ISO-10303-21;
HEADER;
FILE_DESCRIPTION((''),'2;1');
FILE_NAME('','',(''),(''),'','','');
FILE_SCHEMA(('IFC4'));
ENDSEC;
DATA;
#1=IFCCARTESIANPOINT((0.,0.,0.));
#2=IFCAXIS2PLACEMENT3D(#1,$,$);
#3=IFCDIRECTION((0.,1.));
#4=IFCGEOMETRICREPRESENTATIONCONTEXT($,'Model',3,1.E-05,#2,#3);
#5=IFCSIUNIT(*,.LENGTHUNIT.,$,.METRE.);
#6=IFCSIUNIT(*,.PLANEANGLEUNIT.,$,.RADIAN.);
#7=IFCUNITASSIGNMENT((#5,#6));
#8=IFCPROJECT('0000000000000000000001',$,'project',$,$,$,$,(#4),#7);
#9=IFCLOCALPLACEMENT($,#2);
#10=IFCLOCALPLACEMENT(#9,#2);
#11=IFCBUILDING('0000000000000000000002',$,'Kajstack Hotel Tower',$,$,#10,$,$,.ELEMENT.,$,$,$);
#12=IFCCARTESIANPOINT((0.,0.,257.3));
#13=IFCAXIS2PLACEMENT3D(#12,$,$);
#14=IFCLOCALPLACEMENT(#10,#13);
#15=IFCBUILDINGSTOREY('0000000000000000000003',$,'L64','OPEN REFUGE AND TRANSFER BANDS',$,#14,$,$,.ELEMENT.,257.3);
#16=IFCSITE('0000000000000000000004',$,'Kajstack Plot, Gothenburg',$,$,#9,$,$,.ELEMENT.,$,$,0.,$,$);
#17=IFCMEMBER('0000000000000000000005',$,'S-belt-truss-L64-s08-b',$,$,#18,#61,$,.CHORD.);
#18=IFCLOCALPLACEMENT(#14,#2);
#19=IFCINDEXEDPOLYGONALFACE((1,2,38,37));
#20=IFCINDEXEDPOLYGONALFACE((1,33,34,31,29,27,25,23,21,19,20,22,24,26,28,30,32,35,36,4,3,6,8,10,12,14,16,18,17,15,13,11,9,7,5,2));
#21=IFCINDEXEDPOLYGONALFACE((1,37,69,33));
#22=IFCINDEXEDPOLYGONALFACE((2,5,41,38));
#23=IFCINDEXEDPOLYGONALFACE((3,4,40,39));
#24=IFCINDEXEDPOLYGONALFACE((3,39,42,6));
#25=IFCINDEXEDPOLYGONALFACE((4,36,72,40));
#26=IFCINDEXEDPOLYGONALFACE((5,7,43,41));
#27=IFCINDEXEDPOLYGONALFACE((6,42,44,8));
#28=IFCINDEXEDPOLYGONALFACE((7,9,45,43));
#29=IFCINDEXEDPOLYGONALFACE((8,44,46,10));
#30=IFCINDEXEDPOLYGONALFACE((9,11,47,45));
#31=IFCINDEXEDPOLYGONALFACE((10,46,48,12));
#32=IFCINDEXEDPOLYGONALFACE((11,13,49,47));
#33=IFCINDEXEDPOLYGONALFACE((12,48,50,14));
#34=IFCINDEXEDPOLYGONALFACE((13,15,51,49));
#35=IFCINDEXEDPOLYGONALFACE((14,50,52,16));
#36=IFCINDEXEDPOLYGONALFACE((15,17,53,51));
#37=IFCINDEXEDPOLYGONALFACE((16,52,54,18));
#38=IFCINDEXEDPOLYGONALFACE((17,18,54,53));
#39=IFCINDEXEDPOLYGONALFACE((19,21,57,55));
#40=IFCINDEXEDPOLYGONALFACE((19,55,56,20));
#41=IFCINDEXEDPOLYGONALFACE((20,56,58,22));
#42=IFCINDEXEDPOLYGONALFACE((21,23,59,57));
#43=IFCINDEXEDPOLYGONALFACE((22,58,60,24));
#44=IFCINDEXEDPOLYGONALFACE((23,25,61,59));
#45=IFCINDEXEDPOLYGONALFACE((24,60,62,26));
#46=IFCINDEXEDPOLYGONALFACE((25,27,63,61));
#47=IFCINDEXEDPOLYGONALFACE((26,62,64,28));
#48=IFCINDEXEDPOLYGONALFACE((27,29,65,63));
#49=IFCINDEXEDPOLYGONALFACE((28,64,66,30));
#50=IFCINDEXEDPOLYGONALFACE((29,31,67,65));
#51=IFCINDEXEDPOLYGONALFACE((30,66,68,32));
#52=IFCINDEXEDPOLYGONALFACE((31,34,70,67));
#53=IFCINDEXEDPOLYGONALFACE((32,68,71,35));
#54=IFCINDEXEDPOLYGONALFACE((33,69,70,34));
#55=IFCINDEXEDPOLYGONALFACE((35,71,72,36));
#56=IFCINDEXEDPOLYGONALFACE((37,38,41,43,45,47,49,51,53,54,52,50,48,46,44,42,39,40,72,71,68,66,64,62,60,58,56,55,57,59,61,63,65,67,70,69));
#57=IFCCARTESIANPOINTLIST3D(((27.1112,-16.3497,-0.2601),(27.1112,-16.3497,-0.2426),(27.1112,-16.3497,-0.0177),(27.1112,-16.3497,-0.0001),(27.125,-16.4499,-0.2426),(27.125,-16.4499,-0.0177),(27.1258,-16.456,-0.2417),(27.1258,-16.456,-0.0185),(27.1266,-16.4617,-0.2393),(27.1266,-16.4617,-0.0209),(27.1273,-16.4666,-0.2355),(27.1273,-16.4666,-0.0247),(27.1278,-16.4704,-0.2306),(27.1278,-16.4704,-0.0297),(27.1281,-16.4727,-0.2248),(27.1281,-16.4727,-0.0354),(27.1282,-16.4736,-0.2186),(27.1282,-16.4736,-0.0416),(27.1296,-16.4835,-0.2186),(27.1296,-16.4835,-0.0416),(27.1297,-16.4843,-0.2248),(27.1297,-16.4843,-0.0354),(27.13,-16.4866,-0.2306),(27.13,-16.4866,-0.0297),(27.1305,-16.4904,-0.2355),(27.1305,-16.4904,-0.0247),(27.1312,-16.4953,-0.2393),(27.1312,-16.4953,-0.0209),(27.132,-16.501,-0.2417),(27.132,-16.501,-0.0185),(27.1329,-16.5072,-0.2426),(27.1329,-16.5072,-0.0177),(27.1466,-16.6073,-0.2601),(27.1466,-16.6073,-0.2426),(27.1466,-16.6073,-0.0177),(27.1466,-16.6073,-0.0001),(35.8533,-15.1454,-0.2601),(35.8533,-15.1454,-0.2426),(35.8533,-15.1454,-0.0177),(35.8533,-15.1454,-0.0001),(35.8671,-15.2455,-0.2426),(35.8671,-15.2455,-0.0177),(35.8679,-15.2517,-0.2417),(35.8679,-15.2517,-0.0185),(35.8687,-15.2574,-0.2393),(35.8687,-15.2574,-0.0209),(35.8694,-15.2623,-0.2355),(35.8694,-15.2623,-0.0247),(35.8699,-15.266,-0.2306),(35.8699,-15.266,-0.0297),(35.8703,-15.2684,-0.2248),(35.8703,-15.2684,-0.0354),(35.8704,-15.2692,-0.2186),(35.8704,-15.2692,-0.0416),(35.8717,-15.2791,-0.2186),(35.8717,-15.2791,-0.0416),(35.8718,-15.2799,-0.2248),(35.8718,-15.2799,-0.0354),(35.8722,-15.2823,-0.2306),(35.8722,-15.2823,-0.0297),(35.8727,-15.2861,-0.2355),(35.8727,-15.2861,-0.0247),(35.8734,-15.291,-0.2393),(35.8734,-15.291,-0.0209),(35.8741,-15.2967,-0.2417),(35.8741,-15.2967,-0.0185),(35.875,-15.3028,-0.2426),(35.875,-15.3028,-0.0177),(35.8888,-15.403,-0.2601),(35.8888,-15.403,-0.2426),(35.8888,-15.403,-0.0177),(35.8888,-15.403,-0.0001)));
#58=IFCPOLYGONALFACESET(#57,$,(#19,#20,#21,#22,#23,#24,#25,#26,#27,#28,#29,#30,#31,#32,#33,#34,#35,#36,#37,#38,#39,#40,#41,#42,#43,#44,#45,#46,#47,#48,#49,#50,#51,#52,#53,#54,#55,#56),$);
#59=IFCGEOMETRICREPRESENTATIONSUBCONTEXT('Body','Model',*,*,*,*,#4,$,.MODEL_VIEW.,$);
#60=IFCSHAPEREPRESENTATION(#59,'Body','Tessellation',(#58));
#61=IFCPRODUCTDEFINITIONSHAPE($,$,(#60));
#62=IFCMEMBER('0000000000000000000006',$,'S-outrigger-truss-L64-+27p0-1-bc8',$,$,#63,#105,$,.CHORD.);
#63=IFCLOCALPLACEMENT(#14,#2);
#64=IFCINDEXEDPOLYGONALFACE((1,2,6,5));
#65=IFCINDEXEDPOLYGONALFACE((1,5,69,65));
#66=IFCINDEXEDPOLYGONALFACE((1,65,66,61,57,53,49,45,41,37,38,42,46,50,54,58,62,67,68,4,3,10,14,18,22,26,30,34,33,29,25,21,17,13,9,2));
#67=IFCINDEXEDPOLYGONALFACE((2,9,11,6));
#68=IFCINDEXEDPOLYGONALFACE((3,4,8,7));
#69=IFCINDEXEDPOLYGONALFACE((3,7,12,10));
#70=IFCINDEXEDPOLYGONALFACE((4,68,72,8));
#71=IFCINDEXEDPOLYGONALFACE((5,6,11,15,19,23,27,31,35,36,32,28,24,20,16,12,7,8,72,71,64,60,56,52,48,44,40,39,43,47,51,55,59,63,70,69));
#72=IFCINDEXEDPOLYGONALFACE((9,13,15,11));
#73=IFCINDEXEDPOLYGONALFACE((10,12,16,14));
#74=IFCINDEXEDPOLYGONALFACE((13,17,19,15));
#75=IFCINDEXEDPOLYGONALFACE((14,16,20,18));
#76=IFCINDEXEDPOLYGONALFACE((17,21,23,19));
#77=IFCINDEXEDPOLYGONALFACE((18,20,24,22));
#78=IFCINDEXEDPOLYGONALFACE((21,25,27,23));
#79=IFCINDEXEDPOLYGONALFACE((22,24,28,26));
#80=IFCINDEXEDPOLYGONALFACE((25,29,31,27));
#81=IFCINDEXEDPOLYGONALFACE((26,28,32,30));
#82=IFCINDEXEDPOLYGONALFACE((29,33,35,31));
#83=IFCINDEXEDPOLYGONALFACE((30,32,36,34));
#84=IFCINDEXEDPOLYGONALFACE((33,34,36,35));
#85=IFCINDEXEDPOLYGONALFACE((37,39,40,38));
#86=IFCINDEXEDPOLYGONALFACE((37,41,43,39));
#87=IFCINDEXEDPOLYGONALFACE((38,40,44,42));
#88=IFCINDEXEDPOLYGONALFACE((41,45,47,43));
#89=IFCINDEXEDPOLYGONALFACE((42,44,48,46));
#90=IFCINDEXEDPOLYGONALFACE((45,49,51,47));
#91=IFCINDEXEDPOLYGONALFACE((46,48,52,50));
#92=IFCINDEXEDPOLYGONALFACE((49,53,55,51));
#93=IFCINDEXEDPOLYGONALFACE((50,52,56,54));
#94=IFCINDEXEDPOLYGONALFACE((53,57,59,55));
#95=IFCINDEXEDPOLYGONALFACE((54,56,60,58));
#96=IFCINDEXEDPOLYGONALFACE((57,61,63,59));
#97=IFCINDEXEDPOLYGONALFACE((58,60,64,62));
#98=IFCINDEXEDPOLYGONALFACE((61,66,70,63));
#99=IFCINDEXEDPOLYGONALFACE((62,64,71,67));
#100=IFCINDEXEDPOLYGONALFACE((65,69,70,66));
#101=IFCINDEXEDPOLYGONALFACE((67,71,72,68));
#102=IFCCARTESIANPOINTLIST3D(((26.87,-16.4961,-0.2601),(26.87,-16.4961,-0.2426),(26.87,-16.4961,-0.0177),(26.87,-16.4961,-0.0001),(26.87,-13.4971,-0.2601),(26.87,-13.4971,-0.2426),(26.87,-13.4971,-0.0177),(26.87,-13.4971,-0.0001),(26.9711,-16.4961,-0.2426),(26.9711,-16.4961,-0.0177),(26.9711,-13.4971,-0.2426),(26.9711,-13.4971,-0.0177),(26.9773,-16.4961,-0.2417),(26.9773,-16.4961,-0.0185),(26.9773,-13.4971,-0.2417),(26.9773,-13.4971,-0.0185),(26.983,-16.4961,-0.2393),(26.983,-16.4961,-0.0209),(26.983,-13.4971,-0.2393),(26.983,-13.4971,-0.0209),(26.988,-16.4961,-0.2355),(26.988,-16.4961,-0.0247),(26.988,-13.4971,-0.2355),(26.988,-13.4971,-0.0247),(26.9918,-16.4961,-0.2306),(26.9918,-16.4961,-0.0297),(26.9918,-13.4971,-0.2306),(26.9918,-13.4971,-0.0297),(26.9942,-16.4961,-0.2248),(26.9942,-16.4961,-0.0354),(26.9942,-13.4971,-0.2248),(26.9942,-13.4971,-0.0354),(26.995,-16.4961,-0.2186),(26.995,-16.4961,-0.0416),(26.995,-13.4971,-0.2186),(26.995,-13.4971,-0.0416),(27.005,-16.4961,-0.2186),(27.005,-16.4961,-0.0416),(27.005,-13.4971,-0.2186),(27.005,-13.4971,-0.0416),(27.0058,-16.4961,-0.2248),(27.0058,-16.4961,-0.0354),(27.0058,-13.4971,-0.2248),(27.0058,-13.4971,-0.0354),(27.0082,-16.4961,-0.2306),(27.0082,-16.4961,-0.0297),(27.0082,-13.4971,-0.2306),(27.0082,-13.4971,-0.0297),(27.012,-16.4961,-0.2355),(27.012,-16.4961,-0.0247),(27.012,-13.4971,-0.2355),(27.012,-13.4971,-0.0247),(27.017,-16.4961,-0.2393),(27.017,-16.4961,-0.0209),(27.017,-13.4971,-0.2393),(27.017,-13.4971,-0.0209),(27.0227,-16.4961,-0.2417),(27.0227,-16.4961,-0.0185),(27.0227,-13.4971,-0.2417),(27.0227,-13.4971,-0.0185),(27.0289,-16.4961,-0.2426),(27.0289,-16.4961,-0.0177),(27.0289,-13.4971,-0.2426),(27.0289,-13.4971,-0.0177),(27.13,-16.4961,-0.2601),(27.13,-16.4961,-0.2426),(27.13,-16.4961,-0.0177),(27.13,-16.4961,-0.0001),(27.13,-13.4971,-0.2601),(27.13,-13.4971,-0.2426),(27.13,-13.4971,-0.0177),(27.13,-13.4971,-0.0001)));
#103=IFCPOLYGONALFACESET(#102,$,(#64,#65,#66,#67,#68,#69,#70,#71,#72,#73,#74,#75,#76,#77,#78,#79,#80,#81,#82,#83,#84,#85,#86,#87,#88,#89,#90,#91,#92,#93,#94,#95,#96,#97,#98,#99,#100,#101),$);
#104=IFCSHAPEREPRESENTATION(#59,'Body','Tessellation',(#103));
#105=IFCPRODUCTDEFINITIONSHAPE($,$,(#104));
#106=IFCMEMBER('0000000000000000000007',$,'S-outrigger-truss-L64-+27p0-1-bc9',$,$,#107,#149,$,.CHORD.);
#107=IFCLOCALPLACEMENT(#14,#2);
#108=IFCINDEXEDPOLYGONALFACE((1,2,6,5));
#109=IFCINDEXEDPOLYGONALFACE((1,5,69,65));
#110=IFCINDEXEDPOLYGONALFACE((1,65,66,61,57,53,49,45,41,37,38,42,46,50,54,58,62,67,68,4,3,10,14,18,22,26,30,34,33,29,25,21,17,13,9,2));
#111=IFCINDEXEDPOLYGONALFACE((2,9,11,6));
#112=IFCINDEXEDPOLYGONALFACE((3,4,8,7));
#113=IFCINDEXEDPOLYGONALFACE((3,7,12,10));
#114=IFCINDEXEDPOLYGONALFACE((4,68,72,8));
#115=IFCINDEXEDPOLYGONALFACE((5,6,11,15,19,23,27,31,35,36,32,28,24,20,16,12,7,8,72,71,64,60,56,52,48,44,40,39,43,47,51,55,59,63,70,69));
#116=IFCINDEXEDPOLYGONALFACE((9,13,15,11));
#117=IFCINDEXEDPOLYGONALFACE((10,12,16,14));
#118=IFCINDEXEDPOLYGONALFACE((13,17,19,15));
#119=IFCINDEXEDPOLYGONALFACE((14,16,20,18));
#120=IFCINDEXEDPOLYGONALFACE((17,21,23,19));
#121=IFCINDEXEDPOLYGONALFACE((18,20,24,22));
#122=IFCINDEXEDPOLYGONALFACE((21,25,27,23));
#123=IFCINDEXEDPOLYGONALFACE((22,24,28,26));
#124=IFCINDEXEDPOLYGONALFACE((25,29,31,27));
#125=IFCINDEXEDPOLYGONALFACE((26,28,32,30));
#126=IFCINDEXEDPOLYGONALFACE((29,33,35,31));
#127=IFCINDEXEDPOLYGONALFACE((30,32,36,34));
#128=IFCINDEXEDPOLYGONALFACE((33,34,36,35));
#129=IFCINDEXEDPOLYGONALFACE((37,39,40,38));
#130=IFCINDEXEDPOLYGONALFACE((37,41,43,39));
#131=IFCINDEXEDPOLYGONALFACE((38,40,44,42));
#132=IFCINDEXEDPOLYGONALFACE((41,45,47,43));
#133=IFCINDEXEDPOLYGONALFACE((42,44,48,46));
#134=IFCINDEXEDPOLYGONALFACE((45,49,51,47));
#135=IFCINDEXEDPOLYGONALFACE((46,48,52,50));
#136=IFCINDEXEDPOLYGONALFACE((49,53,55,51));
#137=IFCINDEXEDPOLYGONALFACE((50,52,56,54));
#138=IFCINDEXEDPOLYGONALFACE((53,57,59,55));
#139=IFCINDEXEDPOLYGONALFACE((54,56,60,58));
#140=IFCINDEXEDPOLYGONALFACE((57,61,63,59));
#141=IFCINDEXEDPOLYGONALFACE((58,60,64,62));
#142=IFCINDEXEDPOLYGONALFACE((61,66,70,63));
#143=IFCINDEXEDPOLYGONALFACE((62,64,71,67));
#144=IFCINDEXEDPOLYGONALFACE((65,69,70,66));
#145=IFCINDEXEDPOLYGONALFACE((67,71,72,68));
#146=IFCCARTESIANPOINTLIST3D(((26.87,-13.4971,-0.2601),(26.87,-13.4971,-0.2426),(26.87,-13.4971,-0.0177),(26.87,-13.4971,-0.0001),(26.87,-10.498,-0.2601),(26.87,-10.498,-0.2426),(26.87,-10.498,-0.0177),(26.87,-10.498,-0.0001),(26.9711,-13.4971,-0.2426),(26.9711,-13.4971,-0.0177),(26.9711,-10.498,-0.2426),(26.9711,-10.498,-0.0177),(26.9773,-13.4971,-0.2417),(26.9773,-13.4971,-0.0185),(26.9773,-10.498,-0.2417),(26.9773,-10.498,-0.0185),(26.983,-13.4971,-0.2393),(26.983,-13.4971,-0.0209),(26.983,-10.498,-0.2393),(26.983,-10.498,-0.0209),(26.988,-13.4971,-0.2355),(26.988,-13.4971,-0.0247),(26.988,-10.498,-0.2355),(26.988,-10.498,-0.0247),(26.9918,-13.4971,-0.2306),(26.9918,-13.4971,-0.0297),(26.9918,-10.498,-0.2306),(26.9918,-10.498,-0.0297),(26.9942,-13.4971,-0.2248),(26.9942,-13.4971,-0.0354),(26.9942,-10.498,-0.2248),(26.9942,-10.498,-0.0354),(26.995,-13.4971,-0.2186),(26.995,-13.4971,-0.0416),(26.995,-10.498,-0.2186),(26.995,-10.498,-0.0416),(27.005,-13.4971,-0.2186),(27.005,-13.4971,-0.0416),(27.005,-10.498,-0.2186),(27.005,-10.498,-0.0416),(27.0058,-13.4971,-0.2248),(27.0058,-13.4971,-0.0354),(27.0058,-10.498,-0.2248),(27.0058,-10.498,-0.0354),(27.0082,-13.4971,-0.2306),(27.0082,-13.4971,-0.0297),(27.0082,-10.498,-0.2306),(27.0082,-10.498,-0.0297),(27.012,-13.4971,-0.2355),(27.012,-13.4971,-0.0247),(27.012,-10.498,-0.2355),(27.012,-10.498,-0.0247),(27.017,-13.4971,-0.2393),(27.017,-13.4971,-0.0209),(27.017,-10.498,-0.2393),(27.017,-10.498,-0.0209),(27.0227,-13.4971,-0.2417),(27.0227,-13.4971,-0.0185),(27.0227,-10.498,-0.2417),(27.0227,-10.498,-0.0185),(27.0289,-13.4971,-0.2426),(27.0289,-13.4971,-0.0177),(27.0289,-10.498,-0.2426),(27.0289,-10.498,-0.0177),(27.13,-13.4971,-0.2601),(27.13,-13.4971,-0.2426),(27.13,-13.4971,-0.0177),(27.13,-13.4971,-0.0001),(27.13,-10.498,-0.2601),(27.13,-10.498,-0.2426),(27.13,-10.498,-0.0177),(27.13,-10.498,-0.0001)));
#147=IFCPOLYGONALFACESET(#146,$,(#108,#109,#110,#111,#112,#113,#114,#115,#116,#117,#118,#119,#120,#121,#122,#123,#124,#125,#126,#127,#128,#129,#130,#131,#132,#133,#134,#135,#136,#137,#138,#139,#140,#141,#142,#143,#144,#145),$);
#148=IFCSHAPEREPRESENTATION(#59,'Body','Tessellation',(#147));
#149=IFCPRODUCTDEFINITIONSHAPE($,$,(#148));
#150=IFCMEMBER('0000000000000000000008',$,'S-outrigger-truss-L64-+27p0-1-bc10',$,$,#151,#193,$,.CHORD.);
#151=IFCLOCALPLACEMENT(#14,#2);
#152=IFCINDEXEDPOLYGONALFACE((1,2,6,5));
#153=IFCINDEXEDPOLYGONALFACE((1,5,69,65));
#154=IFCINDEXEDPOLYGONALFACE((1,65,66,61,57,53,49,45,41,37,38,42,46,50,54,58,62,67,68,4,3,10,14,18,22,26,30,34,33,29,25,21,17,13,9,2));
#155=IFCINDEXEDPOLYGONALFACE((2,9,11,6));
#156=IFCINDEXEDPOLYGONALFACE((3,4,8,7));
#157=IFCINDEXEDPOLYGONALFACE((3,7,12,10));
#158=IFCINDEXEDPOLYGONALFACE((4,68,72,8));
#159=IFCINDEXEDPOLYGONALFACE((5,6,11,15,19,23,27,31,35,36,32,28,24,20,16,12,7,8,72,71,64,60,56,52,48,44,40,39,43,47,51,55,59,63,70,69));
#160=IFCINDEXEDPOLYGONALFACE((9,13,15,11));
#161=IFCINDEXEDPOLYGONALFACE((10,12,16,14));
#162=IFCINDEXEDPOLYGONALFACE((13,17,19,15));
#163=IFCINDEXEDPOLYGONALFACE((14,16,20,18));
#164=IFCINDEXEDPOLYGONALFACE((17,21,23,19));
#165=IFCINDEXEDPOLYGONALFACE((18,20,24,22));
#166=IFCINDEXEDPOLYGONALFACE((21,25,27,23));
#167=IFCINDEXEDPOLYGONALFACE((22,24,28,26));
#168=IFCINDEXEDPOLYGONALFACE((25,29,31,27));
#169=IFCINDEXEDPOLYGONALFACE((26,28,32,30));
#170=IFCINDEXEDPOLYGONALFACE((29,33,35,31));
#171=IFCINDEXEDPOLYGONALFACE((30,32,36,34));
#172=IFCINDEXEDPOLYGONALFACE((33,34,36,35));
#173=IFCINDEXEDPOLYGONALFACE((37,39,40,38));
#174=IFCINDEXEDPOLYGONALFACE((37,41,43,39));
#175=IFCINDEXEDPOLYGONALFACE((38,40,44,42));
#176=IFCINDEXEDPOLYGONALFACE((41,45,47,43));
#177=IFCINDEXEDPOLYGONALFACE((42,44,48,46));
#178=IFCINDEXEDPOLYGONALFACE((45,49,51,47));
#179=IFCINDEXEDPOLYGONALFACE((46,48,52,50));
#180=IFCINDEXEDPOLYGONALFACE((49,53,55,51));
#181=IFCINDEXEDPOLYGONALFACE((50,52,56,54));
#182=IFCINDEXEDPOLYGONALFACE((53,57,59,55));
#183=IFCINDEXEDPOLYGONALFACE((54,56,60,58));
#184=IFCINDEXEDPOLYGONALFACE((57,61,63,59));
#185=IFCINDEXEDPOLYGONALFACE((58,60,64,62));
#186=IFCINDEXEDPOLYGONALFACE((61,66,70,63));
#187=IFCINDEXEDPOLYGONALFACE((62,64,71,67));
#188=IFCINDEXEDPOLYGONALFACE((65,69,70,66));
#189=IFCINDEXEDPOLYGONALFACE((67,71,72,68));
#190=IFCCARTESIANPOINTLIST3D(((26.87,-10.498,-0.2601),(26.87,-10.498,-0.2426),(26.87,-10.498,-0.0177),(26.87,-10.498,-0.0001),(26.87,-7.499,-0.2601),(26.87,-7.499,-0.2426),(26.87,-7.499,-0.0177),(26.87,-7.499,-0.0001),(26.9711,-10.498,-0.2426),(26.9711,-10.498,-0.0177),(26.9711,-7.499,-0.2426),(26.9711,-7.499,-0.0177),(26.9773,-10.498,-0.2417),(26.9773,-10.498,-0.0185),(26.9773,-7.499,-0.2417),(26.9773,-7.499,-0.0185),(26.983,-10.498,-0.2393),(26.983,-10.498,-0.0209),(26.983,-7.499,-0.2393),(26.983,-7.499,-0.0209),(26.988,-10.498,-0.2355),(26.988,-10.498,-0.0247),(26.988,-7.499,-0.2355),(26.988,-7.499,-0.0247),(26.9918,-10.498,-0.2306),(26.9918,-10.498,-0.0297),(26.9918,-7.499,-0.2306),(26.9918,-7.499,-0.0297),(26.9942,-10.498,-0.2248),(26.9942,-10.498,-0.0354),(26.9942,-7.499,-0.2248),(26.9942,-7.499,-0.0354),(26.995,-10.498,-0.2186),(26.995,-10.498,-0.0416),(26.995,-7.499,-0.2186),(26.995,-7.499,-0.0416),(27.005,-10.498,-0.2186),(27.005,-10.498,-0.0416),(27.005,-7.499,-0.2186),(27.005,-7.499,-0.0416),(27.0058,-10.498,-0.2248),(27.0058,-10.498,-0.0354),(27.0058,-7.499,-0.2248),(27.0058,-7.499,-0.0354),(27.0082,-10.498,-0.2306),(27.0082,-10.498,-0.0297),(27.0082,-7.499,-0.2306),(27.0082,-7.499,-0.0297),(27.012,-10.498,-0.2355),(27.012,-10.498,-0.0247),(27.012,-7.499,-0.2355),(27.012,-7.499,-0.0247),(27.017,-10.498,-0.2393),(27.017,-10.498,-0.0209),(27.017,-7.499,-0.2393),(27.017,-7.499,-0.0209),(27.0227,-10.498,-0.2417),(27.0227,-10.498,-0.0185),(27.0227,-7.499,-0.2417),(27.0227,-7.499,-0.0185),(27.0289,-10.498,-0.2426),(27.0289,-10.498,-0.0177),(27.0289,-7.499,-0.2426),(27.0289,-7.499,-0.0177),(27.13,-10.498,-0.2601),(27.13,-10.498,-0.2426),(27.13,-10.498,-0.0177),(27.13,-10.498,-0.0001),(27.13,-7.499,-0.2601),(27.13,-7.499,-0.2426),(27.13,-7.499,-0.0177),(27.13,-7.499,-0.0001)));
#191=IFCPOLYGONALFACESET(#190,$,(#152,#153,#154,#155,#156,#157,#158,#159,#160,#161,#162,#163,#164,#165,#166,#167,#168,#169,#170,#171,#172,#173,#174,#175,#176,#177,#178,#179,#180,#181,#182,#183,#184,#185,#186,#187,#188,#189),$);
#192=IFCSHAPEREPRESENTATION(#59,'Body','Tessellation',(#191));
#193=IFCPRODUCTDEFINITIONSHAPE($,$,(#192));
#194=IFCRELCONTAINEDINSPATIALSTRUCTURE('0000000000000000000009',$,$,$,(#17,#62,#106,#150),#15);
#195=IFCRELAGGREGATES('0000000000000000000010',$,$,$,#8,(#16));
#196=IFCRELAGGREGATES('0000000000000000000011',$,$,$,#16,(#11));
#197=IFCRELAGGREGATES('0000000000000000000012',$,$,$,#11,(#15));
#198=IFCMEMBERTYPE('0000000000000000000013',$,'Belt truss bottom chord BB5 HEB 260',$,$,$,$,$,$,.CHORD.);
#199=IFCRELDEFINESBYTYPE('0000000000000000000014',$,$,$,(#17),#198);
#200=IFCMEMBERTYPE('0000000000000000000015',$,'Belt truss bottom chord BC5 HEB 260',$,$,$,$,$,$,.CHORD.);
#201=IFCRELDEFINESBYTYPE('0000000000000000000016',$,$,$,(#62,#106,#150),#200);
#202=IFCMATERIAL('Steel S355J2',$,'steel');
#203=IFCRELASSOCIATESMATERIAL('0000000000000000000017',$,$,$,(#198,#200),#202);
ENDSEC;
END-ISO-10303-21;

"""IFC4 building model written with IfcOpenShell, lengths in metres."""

from ifc_helpers import new_model, si_unit, direction, frame, origin, origin_2d, place, context, subcontext, project, spatial, i_section, extrude, material, material_profile, profile_set, type_object, element, save


model = new_model("IFC4")

# Units and contexts
model_context = context("Model", 3, precision=1e-05, world=origin(), true_north=direction((0.0, 1.0)))
body_context = subcontext(model_context, "Body", "Model", "MODEL_VIEW")
ifc_project = project(units=[si_unit("LENGTHUNIT", "METRE"), si_unit("PLANEANGLEUNIT", "RADIAN")], contexts=[model_context])

# Site, building, storey
site_placement = place(None, origin())
site = spatial("IfcSite", under=ifc_project, at=site_placement, Name="Kajstack Plot, Gothenburg", CompositionType="ELEMENT", RefElevation=0.0)
building_placement = place(site_placement, origin())
building = spatial("IfcBuilding", under=site, at=building_placement, Name="Kajstack Hotel Tower", CompositionType="ELEMENT")
storey_placement = place(building_placement, frame((0.0, 0.0, 257.3)))
storey = spatial("IfcBuildingStorey", under=building, at=storey_placement, Name="L64", Description="OPEN REFUGE AND TRANSFER BANDS", CompositionType="ELEMENT", Elevation=257.3)

# Members
ifc_material = material(Name="Steel S355J2", Category="steel")
ifc_material_profile_1 = material_profile(ifc_material, i_section(OverallWidth=0.26, OverallDepth=0.26, WebThickness=0.01, FlangeThickness=0.0176, FilletRadius=0.0239, at=origin_2d()), Name="HEB 260")
ifc_profile_set_1 = profile_set([ifc_material_profile_1], Name="Steel S355J2")
member_type_1 = type_object("IfcMemberType", Name="Belt truss bottom chord BB5 HEB 260", PredefinedType="CHORD", material=ifc_profile_set_1)
member_1_placement = place(storey_placement, frame((27.1289, -16.4785, -0.1301), z_axis=(0.990644, 0.136474, 0.0), x_axis=(-0.136474, 0.990644, 0.0)))
element("IfcMember", 1, at=member_1_placement, inside=storey, type_object=member_type_1, Name="S-belt-truss-L64-s08-b", PredefinedType="CHORD", context=body_context, shape_type="SweptSolid", body=[
    extrude(i_section(OverallWidth=0.26, OverallDepth=0.26, WebThickness=0.01, FlangeThickness=0.0176, FilletRadius=0.0239, at=origin_2d()), origin(), (0.0, 0.0, 1.0), 8.8247),
])
ifc_material_profile_2 = material_profile(ifc_material, i_section(OverallWidth=0.26, OverallDepth=0.26, WebThickness=0.01, FlangeThickness=0.0176, FilletRadius=0.0239, at=origin_2d()), Name="HEB 260")
ifc_profile_set_2 = profile_set([ifc_material_profile_2], Name="Steel S355J2")
member_type_2 = type_object("IfcMemberType", Name="Belt truss bottom chord BC5 HEB 260", PredefinedType="CHORD", material=ifc_profile_set_2)
for number, where, z_axis, x_axis, name in (
    (2, (27.0, -16.4961, -0.1301), (0.0, 1.0, 0.0), (-1.0, 0.0, 0.0), "S-outrigger-truss-L64-+27p0-1-bc8"),
    (3, (27.0, -13.4971, -0.1301), (0.0, 1.0, 0.0), (-1.0, 0.0, 0.0), "S-outrigger-truss-L64-+27p0-1-bc9"),
    (4, (27.0, -10.498, -0.1301), (0.0, 1.0, 0.0), (-1.0, 0.0, 0.0), "S-outrigger-truss-L64-+27p0-1-bc10"),
):
    element("IfcMember", number, at=place(storey_placement, frame(where, z_axis=z_axis, x_axis=x_axis)), inside=storey, type_object=member_type_2, Name=name, PredefinedType="CHORD", context=body_context, shape_type="SweptSolid", body=[
        extrude(i_section(OverallWidth=0.26, OverallDepth=0.26, WebThickness=0.01, FlangeThickness=0.0176, FilletRadius=0.0239, at=origin_2d()), origin(), (0.0, 0.0, 1.0), 2.999),
    ])

save(model, "model.ifc")
